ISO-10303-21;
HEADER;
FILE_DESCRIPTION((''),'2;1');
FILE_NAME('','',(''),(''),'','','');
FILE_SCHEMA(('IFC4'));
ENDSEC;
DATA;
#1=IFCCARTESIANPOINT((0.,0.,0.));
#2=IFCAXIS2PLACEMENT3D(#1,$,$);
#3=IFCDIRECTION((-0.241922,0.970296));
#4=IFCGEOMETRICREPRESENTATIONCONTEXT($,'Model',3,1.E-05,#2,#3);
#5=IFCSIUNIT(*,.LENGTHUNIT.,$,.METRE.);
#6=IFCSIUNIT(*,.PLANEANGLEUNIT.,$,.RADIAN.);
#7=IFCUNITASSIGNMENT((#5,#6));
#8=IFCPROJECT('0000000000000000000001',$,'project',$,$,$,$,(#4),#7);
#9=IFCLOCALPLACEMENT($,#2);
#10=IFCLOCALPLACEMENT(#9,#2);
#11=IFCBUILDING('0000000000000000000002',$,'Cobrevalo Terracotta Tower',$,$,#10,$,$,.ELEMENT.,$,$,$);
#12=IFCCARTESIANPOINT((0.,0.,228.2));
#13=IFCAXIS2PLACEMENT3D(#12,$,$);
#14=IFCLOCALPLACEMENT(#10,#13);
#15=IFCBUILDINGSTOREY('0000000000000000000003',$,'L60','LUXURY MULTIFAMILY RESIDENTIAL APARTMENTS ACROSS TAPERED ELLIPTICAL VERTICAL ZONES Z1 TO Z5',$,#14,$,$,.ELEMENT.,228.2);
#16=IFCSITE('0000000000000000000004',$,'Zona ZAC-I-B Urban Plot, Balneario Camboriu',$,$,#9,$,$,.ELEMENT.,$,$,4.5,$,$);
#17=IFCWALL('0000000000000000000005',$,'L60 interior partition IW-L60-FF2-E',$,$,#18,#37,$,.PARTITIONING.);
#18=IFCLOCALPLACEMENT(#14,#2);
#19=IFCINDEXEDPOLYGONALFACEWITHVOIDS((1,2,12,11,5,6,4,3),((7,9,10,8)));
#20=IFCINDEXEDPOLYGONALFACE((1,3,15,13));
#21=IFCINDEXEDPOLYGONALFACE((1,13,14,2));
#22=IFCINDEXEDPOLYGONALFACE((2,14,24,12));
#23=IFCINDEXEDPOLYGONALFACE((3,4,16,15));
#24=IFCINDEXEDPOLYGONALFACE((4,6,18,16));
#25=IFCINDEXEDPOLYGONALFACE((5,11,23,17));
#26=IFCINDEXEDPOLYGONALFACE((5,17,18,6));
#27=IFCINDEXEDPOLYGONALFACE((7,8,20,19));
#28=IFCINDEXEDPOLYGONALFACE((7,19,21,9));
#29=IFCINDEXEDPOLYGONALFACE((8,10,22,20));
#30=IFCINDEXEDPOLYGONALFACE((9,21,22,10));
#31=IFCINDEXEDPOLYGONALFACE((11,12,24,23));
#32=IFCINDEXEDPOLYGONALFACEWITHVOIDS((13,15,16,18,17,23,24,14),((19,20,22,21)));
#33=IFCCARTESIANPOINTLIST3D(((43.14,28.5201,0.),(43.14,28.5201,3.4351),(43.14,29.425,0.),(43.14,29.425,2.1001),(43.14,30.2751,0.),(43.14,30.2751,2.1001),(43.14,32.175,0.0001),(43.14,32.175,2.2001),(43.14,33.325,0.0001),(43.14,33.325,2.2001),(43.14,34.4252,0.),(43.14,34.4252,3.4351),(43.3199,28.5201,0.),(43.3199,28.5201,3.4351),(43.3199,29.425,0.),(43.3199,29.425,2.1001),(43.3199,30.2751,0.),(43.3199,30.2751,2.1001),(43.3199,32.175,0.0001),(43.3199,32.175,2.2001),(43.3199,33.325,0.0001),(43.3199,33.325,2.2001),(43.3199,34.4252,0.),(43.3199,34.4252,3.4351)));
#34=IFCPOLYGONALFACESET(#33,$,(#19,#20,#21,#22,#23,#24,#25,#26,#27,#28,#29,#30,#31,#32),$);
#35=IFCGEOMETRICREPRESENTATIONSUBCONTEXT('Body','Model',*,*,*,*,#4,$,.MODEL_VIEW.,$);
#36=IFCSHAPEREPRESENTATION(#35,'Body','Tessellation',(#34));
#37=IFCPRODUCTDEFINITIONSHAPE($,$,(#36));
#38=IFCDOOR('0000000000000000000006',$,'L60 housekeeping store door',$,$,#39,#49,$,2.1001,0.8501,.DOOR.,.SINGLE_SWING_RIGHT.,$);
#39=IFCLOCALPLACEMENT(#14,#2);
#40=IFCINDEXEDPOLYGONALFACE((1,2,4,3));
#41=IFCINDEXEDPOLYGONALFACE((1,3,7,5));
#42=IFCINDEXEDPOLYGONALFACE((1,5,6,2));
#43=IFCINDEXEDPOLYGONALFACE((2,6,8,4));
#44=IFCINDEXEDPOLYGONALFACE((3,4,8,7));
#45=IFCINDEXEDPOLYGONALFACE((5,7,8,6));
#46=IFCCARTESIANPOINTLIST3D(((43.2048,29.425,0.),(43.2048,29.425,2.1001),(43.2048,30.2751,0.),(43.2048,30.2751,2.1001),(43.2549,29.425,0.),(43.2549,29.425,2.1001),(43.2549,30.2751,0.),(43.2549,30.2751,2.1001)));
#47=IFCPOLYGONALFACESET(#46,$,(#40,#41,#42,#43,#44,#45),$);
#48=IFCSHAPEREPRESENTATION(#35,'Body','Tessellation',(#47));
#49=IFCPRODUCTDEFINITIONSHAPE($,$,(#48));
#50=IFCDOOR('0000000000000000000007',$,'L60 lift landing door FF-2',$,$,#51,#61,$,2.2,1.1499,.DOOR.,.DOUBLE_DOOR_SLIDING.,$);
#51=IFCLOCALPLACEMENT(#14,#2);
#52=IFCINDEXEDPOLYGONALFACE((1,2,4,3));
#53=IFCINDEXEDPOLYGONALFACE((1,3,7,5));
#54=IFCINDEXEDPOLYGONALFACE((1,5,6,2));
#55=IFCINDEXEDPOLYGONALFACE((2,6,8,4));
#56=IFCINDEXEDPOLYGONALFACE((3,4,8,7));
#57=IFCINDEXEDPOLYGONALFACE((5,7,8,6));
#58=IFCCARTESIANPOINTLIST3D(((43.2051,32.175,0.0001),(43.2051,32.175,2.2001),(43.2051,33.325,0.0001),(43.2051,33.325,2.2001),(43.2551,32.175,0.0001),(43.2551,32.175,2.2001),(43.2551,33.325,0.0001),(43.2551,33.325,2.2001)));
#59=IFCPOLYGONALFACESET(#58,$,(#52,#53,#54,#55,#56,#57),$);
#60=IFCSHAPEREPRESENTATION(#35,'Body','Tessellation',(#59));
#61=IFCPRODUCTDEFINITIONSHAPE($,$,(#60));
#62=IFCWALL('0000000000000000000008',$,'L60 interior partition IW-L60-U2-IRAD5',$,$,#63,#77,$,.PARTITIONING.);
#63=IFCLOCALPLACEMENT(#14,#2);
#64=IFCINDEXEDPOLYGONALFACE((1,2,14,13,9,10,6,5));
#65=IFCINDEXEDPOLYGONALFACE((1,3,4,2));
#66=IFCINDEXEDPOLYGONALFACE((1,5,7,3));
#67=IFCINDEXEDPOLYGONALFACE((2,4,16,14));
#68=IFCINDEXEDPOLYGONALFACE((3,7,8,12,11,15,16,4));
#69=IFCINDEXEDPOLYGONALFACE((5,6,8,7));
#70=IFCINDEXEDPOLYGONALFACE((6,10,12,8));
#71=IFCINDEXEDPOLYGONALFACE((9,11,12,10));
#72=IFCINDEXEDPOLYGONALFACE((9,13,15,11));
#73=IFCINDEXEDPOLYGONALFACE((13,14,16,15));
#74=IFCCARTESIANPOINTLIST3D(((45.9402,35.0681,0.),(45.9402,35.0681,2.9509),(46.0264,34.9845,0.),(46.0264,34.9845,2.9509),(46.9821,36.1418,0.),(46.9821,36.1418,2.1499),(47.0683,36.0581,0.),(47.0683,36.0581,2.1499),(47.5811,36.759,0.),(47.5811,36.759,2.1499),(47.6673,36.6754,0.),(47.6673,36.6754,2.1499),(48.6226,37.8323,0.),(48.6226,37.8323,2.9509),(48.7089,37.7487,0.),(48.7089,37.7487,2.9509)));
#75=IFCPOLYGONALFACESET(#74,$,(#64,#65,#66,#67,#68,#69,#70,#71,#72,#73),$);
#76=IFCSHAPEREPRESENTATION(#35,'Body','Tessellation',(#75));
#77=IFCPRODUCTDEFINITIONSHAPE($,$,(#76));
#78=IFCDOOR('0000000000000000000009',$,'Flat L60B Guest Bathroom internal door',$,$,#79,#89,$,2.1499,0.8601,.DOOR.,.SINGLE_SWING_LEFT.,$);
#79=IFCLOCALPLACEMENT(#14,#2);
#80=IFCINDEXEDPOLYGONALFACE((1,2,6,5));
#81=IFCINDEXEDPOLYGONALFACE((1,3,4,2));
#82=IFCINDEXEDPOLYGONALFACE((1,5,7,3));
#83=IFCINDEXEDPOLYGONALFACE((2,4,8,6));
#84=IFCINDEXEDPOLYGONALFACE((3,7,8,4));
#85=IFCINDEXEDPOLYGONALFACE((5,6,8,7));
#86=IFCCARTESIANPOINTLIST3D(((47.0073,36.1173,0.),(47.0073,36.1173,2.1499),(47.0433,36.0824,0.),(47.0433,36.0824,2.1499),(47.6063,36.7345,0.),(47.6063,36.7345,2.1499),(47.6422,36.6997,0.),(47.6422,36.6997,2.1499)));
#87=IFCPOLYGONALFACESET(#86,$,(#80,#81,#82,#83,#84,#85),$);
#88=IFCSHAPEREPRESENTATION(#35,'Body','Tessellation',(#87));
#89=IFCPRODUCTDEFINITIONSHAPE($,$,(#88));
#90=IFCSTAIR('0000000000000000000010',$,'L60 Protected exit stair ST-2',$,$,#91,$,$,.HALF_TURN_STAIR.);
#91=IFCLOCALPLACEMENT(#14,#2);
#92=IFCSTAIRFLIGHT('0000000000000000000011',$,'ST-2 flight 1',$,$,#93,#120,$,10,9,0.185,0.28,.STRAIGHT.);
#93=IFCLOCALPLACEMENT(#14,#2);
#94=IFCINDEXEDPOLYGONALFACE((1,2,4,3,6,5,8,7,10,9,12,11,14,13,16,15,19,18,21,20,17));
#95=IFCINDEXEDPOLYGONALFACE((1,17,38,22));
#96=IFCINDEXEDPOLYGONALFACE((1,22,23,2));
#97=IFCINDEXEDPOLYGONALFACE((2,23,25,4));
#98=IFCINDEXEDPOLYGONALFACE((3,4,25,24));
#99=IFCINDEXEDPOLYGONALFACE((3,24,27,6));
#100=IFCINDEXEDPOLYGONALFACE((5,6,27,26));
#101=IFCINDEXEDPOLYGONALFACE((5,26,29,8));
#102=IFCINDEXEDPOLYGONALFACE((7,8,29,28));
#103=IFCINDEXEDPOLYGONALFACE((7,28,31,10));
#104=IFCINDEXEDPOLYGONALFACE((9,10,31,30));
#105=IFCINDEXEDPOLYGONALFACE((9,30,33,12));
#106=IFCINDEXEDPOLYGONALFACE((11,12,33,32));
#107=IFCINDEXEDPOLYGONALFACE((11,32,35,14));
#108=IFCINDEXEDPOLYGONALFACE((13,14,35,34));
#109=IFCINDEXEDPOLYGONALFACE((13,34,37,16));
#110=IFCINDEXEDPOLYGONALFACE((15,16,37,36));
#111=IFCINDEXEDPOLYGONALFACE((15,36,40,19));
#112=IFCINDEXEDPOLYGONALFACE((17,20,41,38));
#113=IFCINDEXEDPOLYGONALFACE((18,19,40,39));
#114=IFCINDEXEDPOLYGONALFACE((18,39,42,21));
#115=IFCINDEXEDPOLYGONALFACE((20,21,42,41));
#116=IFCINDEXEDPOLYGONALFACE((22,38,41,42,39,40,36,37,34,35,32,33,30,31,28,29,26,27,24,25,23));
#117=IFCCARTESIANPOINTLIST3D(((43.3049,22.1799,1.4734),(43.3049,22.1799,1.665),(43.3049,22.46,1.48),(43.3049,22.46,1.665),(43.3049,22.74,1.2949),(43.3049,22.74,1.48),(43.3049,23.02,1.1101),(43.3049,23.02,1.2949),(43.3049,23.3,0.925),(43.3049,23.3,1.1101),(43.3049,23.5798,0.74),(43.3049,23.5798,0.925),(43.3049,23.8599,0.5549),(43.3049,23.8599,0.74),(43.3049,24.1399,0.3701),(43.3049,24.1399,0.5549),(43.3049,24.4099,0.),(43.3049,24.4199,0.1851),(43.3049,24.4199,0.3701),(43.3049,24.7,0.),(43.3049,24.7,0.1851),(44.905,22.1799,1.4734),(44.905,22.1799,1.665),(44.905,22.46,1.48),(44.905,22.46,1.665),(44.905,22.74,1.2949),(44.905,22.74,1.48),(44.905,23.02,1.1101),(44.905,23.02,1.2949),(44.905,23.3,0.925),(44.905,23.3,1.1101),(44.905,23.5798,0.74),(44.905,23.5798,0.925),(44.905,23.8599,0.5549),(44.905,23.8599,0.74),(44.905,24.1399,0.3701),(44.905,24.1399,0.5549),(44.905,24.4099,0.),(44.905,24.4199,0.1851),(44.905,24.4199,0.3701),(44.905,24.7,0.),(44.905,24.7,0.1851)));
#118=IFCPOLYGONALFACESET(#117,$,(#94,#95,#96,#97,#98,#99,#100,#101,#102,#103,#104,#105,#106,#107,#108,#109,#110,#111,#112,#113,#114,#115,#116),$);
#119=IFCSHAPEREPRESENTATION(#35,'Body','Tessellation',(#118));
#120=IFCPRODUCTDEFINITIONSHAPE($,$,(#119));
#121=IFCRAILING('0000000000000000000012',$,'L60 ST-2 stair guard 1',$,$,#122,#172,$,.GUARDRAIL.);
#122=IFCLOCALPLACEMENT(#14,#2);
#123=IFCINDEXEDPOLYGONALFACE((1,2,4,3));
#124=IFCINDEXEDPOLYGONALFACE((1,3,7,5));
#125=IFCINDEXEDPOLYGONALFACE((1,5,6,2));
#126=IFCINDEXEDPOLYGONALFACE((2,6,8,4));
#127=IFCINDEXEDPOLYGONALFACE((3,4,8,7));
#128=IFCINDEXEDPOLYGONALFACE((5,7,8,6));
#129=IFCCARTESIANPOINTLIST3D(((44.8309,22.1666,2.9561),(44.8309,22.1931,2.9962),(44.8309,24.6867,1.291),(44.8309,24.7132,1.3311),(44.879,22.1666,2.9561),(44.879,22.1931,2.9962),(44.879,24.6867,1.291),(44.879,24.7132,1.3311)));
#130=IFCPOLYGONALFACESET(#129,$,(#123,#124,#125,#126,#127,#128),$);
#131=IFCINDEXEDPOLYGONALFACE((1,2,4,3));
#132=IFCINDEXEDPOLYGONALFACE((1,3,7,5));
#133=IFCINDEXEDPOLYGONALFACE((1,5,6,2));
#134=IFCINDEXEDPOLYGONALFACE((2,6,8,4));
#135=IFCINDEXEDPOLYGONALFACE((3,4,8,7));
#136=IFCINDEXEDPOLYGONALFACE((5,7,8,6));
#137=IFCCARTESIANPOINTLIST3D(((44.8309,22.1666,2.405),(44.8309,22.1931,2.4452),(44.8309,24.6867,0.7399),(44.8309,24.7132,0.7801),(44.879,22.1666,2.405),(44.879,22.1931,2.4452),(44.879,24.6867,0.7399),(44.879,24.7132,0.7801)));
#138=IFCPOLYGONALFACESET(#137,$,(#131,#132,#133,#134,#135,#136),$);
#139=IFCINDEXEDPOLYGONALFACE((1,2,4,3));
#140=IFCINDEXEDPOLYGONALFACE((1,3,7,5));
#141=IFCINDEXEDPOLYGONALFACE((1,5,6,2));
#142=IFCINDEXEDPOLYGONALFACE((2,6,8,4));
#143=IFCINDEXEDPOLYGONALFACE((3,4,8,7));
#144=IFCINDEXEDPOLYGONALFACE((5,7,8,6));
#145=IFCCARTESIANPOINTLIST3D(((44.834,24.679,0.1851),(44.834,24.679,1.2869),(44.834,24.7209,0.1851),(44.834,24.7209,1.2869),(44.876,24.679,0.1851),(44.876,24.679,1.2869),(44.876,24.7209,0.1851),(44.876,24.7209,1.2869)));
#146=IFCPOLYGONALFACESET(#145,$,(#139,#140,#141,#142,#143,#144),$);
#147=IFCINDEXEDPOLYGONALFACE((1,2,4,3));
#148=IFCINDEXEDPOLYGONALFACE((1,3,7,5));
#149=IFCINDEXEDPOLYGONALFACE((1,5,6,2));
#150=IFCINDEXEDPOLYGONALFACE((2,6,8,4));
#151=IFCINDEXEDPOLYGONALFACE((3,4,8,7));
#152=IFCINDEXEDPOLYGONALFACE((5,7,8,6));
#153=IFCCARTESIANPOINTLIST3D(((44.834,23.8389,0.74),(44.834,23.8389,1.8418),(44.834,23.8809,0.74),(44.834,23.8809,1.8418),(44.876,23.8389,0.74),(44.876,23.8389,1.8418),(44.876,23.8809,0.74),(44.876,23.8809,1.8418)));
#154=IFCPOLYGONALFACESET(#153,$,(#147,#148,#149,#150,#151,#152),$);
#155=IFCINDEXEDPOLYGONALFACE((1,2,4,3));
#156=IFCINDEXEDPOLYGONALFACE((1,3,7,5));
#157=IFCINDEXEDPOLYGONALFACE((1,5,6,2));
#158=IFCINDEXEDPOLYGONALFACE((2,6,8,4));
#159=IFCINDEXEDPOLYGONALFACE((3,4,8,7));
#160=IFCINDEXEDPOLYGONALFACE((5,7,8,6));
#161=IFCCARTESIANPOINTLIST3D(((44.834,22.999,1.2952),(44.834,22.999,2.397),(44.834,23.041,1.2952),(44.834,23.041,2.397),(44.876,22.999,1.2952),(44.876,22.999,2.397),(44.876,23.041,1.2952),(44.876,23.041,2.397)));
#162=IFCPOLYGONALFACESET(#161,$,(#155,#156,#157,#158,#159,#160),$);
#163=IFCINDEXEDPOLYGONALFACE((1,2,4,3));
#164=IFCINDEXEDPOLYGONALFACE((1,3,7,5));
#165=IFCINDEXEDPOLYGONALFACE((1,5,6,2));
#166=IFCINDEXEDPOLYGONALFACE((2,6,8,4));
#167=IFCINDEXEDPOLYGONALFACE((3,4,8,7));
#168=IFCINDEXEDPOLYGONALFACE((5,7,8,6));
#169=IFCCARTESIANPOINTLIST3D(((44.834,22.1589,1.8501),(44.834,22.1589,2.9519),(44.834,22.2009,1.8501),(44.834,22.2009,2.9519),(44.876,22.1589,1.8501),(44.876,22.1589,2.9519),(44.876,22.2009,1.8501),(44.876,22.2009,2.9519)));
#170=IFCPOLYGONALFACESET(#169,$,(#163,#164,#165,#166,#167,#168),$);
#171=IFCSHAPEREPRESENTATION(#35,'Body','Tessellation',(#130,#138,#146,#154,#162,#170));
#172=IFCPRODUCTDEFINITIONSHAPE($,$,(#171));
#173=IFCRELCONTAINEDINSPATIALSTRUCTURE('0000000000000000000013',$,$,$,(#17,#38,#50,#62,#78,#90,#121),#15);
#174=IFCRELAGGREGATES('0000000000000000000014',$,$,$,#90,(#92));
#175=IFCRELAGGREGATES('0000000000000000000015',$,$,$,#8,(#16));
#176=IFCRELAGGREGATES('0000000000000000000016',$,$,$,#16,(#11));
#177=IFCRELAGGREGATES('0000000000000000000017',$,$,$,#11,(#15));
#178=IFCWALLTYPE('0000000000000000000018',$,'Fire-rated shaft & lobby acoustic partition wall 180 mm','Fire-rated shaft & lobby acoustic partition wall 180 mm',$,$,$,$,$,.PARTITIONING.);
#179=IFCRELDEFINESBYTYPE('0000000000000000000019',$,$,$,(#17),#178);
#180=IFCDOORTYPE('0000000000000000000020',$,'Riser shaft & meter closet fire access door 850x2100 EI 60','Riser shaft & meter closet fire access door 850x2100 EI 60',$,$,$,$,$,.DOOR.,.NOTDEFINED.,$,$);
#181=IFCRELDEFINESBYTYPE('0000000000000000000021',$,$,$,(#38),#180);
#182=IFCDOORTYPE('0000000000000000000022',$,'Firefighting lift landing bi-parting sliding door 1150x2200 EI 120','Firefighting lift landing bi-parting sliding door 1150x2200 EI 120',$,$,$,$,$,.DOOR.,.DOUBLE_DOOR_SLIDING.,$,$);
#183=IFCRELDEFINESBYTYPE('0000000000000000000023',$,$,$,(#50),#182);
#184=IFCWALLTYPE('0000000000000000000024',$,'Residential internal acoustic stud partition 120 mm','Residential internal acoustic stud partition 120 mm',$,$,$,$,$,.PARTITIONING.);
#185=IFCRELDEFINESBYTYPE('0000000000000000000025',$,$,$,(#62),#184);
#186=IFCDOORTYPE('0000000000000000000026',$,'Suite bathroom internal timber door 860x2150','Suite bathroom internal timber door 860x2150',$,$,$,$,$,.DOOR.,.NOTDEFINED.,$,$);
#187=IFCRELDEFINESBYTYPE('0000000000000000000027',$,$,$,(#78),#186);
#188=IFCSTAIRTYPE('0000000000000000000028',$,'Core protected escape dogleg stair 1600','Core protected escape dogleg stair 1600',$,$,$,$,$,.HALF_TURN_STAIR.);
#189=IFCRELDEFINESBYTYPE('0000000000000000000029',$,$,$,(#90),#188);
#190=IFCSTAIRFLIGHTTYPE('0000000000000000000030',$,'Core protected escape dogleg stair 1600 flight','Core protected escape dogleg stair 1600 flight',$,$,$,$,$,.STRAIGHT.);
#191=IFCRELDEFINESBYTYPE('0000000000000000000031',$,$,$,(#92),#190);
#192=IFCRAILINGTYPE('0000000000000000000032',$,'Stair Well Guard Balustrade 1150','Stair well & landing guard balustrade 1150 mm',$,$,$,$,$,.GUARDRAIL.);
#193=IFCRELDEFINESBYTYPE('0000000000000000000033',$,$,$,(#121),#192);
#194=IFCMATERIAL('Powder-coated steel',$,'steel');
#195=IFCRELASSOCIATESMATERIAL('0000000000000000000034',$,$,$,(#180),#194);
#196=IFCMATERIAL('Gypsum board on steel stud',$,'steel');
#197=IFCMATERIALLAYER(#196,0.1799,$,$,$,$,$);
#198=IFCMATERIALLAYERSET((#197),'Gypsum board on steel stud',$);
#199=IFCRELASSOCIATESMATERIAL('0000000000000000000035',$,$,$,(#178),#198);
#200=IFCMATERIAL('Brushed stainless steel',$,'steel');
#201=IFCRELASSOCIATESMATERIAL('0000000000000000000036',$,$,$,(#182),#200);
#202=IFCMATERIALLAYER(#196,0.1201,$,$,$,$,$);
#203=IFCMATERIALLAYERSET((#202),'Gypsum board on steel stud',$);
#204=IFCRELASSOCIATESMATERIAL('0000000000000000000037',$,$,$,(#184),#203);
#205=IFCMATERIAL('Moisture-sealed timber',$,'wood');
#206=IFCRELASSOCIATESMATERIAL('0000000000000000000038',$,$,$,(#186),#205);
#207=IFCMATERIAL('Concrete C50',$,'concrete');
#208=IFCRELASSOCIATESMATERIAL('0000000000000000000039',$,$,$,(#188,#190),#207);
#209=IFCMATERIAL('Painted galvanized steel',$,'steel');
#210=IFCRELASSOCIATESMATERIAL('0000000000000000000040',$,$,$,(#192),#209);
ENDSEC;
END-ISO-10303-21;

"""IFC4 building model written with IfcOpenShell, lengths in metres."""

from ifc_helpers import new_model, si_unit, direction, frame, frame_2d, origin, origin_2d, place, context, subcontext, project, spatial, polyline, rectangle, outline, extrude, source, transform, mapped, material, layer, layer_set, type_object, element, fill, aggregate, save


model = new_model("IFC4")

# Units and contexts
model_context = context("Model", 3, precision=1e-05, world=origin(), true_north=direction((-0.241922, 0.970296)))
body_context = subcontext(model_context, "Body", "Model", "MODEL_VIEW")
ifc_project = project(units=[si_unit("LENGTHUNIT", "METRE"), si_unit("PLANEANGLEUNIT", "RADIAN")], contexts=[model_context])

# Site, building, storey
site_placement = place(None, origin())
site = spatial("IfcSite", under=ifc_project, at=site_placement, Name="Zona ZAC-I-B Urban Plot, Balneario Camboriu", CompositionType="ELEMENT", RefElevation=4.5)
building_placement = place(site_placement, origin())
building = spatial("IfcBuilding", under=site, at=building_placement, Name="Cobrevalo Terracotta Tower", CompositionType="ELEMENT")
storey_placement = place(building_placement, frame((0.0, 0.0, 228.2)))
storey = spatial("IfcBuildingStorey", under=building, at=storey_placement, Name="L60", Description="LUXURY MULTIFAMILY RESIDENTIAL APARTMENTS ACROSS TAPERED ELLIPTICAL VERTICAL ZONES Z1 TO Z5", CompositionType="ELEMENT", Elevation=228.2)

# Shared definitions
ifc_material_1 = material(Name="Concrete C50", Category="concrete")

# Shared definitions
ifc_material_2 = material(Name="Gypsum board on steel stud", Category="steel")

# Shared definitions
ifc_material_3 = material(Name="Powder-coated steel", Category="steel")
door_type_1 = type_object("IfcDoorType", Name="Riser shaft & meter closet fire access door 850x2100 EI 60", Description="Riser shaft & meter closet fire access door 850x2100 EI 60", OperationType="NOTDEFINED", PredefinedType="DOOR", material=ifc_material_3)
shared_shape_1 = source(origin(), body_context, "Body", "SweptSolid", [
    extrude(rectangle(XDim=0.8501, YDim=2.1001, at=frame_2d((0.425, 1.05))), frame((0.0, 0.0249, 0.0), z_axis=(0.0, -1.0, 0.0), x_axis=(1.0, 0.0, 0.0)), (0.0, 0.0, 1.0), 0.05),
])

# Shared definitions
ifc_material_4 = material(Name="Brushed stainless steel", Category="steel")

# Shared definitions
ifc_layer_1 = layer(ifc_material_2, 0.1799)
ifc_layer_set_1 = layer_set([ifc_layer_1], Name="Gypsum board on steel stud")
wall_type_1 = type_object("IfcWallType", Name="Fire-rated shaft & lobby acoustic partition wall 180 mm", Description="Fire-rated shaft & lobby acoustic partition wall 180 mm", PredefinedType="PARTITIONING", material=ifc_layer_set_1)

# Wall, openings, doors
wall_1_placement = place(storey_placement, frame((43.23, 28.52, 0.0), z_axis=(0.0, 0.0, 1.0), x_axis=(0.0, 1.0, 0.0)))
wall_1 = element("IfcWall", 1, at=wall_1_placement, inside=storey, type_object=wall_type_1, Name="L60 interior partition IW-L60-FF2-E", PredefinedType="PARTITIONING", context=body_context, shape_type="SweptSolid", body=[
    extrude(rectangle(XDim=5.905, YDim=0.1799, at=frame_2d((2.9526, 0.0))), origin(), (0.0, 0.0, 1.0), 3.4351),
])
opening_1_placement = place(wall_1_placement, frame((0.905, 0.0, 0.0)))
opening_1 = element("IfcOpeningElement", 2, at=opening_1_placement, cuts=wall_1, PredefinedType="OPENING", context=body_context, shape_type="SweptSolid", body=[
    extrude(rectangle(XDim=0.8501, YDim=2.1001, at=frame_2d((0.425, 1.05))), frame((0.0, 0.1001, 0.0), z_axis=(0.0, -1.0, 0.0), x_axis=(1.0, 0.0, 0.0)), (0.0, 0.0, 1.0), 0.2),
])
opening_2_placement = place(wall_1_placement, frame((3.655, 0.0, 0.0)))
opening_2 = element("IfcOpeningElement", 3, at=opening_2_placement, cuts=wall_1, PredefinedType="OPENING", context=body_context, shape_type="SweptSolid", body=[
    extrude(rectangle(XDim=1.1499, YDim=2.2, at=frame_2d((0.575, 1.1001))), frame((0.0, 0.1001, 0.0), z_axis=(0.0, -1.0, 0.0), x_axis=(1.0, 0.0, 0.0)), (0.0, 0.0, 1.0), 0.2),
])
door_1_placement = place(opening_1_placement, frame((0.8501, 0.0, 0.0), z_axis=(0.0, 0.0, 1.0), x_axis=(-1.0, 0.0, 0.0)))
door_1 = element("IfcDoor", 4, at=door_1_placement, inside=storey, type_object=door_type_1, Name="L60 housekeeping store door", OperationType="SINGLE_SWING_RIGHT", OverallHeight=2.1001, OverallWidth=0.8501, PredefinedType="DOOR", context=body_context, shape_type="MappedRepresentation", body=[
    mapped(shared_shape_1, transform((0.0, 0.0, 0.0), scale=1.0)),
])
fill(opening_1, door_1)
door_type_2 = type_object("IfcDoorType", Name="Firefighting lift landing bi-parting sliding door 1150x2200 EI 120", Description="Firefighting lift landing bi-parting sliding door 1150x2200 EI 120", OperationType="DOUBLE_DOOR_SLIDING", PredefinedType="DOOR", material=ifc_material_4)
shared_shape_2 = source(origin(), body_context, "Body", "SweptSolid", [
    extrude(rectangle(XDim=1.1499, YDim=2.2, at=frame_2d((0.575, 1.1001))), frame((0.0, 0.0249, 0.0), z_axis=(0.0, -1.0, 0.0), x_axis=(1.0, 0.0, 0.0)), (0.0, 0.0, 1.0), 0.05),
])
door_2_placement = place(opening_2_placement, origin())
door_2 = element("IfcDoor", 5, at=door_2_placement, inside=storey, type_object=door_type_2, Name="L60 lift landing door FF-2", OperationType="DOUBLE_DOOR_SLIDING", OverallHeight=2.2, OverallWidth=1.1499, PredefinedType="DOOR", context=body_context, shape_type="MappedRepresentation", body=[
    mapped(shared_shape_2, transform((0.0, 0.0, 0.0), scale=1.0)),
])
fill(opening_2, door_2)

# Wall, opening, door
ifc_layer_2 = layer(ifc_material_2, 0.1201)
ifc_layer_set_2 = layer_set([ifc_layer_2], Name="Gypsum board on steel stud")
wall_type_2 = type_object("IfcWallType", Name="Residential internal acoustic stud partition 120 mm", Description="Residential internal acoustic stud partition 120 mm", PredefinedType="PARTITIONING", material=ifc_layer_set_2)
ifc_material_5 = material(Name="Moisture-sealed timber", Category="wood")
door_type_3 = type_object("IfcDoorType", Name="Suite bathroom internal timber door 860x2150", Description="Suite bathroom internal timber door 860x2150", OperationType="NOTDEFINED", PredefinedType="DOOR", material=ifc_material_5)
shared_shape_3 = source(origin(), body_context, "Body", "SweptSolid", [
    extrude(rectangle(XDim=0.8601, YDim=2.1499, at=frame_2d((0.4302, 1.075))), frame((0.0, 0.0249, 0.0), z_axis=(0.0, -1.0, 0.0), x_axis=(1.0, 0.0, 0.0)), (0.0, 0.0, 1.0), 0.05),
])
wall_2_placement = place(storey_placement, frame((45.9834, 35.0264, 0.0), z_axis=(0.0, 0.0, 1.0), x_axis=(0.69641, 0.717644, 0.0)))
wall_2 = element("IfcWall", 6, at=wall_2_placement, inside=storey, type_object=wall_type_2, Name="L60 interior partition IW-L60-U2-IRAD5", PredefinedType="PARTITIONING", context=body_context, shape_type="SweptSolid", body=[
    extrude(rectangle(XDim=3.8518, YDim=0.1201, at=frame_2d((1.9258, 0.0))), origin(), (0.0, 0.0, 1.0), 2.9509),
])
opening_3_placement = place(wall_2_placement, frame((1.4958, 0.0, 0.0)))
opening_3 = element("IfcOpeningElement", 7, at=opening_3_placement, cuts=wall_2, PredefinedType="OPENING", context=body_context, shape_type="SweptSolid", body=[
    extrude(rectangle(XDim=0.8601, YDim=2.1499, at=frame_2d((0.4302, 1.075))), frame((0.0, 0.0701, 0.0), z_axis=(0.0, -1.0, 0.0), x_axis=(1.0, 0.0, 0.0)), (0.0, 0.0, 1.0), 0.1401),
])
door_3_placement = place(opening_3_placement, origin())
door_3 = element("IfcDoor", 8, at=door_3_placement, inside=storey, type_object=door_type_3, Name="Flat L60B Guest Bathroom internal door", OperationType="SINGLE_SWING_LEFT", OverallHeight=2.1499, OverallWidth=0.8601, PredefinedType="DOOR", context=body_context, shape_type="MappedRepresentation", body=[
    mapped(shared_shape_3, transform((0.0, 0.0, 0.0), scale=1.0)),
])
fill(opening_3, door_3)

# Stair, stair flight
stair_type = type_object("IfcStairType", Name="Core protected escape dogleg stair 1600", Description="Core protected escape dogleg stair 1600", PredefinedType="HALF_TURN_STAIR", material=ifc_material_1)
stair_placement = place(storey_placement, origin())
stair = element("IfcStair", 9, at=stair_placement, inside=storey, type_object=stair_type, Name="L60 Protected exit stair ST-2", PredefinedType="HALF_TURN_STAIR")
stair_flight_type = type_object("IfcStairFlightType", Name="Core protected escape dogleg stair 1600 flight", Description="Core protected escape dogleg stair 1600 flight", PredefinedType="STRAIGHT", material=ifc_material_1)
stair_flight_placement = place(storey_placement, frame((44.105, 24.7, 0.0), z_axis=(0.0, 0.0, 1.0), x_axis=(0.0, -1.0, 0.0)))
stair_flight = element("IfcStairFlight", 10, at=stair_flight_placement, type_object=stair_flight_type, Name="ST-2 flight 1", NumberOfRisers=10, NumberOfTreads=9, PredefinedType="STRAIGHT", RiserHeight=0.185, TreadLength=0.28, context=body_context, shape_type="SweptSolid", body=[
    extrude(outline(polyline([(0.0, 0.0), (0.0, 0.1851), (0.28, 0.1851), (0.28, 0.3701), (0.5601, 0.3701), (0.5601, 0.5549), (0.8401, 0.5549), (0.8401, 0.74), (1.1201, 0.74), (1.1201, 0.925), (1.3999, 0.925), (1.3999, 1.1101), (1.6799, 1.1101), (1.6799, 1.2949), (1.96, 1.2949), (1.96, 1.48), (2.24, 1.48), (2.24, 1.665), (2.52, 1.665), (2.52, 1.8501), (2.52, 1.4734), (0.29, 0.0), (0.0, 0.0)])), frame((0.0, 0.8, 0.0), z_axis=(0.0, -1.0, 0.0), x_axis=(1.0, 0.0, 0.0)), (0.0, 0.0, 1.0), 1.6001),
])
aggregate(stair, [stair_flight])

# Railing
ifc_material_6 = material(Name="Painted galvanized steel", Category="steel")
railing_type = type_object("IfcRailingType", Name="Stair Well Guard Balustrade 1150", Description="Stair well & landing guard balustrade 1150 mm", PredefinedType="GUARDRAIL", material=ifc_material_6)
railing_1_placement = place(storey_placement, frame((44.855, 24.7, 0.1851)))
element("IfcRailing", 11, at=railing_1_placement, inside=storey, type_object=railing_type, Name="L60 ST-2 stair guard 1", PredefinedType="GUARDRAIL", context=body_context, shape_type="SweptSolid", body=[
    extrude(rectangle(XDim=0.0481, YDim=0.0481, at=origin_2d()), frame((0.0, 0.0, 1.126), z_axis=(0.0, -0.834331, 0.551263), x_axis=(1.0, 0.0, 0.0)), (0.0, 0.0, 1.0), 3.0205),
    extrude(rectangle(XDim=0.0481, YDim=0.0481, at=origin_2d()), frame((0.0, 0.0, 0.575), z_axis=(0.0, -0.834331, 0.551263), x_axis=(1.0, 0.0, 0.0)), (0.0, 0.0, 1.0), 3.0205),
    extrude(rectangle(XDim=0.042, YDim=0.042, at=origin_2d()), origin(), (0.0, 0.0, 1.0), 1.1018),
    extrude(rectangle(XDim=0.042, YDim=0.042, at=origin_2d()), frame((0.0, -0.8401, 0.5549)), (0.0, 0.0, 1.0), 1.1018),
    extrude(rectangle(XDim=0.042, YDim=0.042, at=origin_2d()), frame((0.0, -1.6799, 1.1101)), (0.0, 0.0, 1.0), 1.1018),
    extrude(rectangle(XDim=0.042, YDim=0.042, at=origin_2d()), frame((0.0, -2.52, 1.665)), (0.0, 0.0, 1.0), 1.1018),
])

save(model, "model.ifc")
